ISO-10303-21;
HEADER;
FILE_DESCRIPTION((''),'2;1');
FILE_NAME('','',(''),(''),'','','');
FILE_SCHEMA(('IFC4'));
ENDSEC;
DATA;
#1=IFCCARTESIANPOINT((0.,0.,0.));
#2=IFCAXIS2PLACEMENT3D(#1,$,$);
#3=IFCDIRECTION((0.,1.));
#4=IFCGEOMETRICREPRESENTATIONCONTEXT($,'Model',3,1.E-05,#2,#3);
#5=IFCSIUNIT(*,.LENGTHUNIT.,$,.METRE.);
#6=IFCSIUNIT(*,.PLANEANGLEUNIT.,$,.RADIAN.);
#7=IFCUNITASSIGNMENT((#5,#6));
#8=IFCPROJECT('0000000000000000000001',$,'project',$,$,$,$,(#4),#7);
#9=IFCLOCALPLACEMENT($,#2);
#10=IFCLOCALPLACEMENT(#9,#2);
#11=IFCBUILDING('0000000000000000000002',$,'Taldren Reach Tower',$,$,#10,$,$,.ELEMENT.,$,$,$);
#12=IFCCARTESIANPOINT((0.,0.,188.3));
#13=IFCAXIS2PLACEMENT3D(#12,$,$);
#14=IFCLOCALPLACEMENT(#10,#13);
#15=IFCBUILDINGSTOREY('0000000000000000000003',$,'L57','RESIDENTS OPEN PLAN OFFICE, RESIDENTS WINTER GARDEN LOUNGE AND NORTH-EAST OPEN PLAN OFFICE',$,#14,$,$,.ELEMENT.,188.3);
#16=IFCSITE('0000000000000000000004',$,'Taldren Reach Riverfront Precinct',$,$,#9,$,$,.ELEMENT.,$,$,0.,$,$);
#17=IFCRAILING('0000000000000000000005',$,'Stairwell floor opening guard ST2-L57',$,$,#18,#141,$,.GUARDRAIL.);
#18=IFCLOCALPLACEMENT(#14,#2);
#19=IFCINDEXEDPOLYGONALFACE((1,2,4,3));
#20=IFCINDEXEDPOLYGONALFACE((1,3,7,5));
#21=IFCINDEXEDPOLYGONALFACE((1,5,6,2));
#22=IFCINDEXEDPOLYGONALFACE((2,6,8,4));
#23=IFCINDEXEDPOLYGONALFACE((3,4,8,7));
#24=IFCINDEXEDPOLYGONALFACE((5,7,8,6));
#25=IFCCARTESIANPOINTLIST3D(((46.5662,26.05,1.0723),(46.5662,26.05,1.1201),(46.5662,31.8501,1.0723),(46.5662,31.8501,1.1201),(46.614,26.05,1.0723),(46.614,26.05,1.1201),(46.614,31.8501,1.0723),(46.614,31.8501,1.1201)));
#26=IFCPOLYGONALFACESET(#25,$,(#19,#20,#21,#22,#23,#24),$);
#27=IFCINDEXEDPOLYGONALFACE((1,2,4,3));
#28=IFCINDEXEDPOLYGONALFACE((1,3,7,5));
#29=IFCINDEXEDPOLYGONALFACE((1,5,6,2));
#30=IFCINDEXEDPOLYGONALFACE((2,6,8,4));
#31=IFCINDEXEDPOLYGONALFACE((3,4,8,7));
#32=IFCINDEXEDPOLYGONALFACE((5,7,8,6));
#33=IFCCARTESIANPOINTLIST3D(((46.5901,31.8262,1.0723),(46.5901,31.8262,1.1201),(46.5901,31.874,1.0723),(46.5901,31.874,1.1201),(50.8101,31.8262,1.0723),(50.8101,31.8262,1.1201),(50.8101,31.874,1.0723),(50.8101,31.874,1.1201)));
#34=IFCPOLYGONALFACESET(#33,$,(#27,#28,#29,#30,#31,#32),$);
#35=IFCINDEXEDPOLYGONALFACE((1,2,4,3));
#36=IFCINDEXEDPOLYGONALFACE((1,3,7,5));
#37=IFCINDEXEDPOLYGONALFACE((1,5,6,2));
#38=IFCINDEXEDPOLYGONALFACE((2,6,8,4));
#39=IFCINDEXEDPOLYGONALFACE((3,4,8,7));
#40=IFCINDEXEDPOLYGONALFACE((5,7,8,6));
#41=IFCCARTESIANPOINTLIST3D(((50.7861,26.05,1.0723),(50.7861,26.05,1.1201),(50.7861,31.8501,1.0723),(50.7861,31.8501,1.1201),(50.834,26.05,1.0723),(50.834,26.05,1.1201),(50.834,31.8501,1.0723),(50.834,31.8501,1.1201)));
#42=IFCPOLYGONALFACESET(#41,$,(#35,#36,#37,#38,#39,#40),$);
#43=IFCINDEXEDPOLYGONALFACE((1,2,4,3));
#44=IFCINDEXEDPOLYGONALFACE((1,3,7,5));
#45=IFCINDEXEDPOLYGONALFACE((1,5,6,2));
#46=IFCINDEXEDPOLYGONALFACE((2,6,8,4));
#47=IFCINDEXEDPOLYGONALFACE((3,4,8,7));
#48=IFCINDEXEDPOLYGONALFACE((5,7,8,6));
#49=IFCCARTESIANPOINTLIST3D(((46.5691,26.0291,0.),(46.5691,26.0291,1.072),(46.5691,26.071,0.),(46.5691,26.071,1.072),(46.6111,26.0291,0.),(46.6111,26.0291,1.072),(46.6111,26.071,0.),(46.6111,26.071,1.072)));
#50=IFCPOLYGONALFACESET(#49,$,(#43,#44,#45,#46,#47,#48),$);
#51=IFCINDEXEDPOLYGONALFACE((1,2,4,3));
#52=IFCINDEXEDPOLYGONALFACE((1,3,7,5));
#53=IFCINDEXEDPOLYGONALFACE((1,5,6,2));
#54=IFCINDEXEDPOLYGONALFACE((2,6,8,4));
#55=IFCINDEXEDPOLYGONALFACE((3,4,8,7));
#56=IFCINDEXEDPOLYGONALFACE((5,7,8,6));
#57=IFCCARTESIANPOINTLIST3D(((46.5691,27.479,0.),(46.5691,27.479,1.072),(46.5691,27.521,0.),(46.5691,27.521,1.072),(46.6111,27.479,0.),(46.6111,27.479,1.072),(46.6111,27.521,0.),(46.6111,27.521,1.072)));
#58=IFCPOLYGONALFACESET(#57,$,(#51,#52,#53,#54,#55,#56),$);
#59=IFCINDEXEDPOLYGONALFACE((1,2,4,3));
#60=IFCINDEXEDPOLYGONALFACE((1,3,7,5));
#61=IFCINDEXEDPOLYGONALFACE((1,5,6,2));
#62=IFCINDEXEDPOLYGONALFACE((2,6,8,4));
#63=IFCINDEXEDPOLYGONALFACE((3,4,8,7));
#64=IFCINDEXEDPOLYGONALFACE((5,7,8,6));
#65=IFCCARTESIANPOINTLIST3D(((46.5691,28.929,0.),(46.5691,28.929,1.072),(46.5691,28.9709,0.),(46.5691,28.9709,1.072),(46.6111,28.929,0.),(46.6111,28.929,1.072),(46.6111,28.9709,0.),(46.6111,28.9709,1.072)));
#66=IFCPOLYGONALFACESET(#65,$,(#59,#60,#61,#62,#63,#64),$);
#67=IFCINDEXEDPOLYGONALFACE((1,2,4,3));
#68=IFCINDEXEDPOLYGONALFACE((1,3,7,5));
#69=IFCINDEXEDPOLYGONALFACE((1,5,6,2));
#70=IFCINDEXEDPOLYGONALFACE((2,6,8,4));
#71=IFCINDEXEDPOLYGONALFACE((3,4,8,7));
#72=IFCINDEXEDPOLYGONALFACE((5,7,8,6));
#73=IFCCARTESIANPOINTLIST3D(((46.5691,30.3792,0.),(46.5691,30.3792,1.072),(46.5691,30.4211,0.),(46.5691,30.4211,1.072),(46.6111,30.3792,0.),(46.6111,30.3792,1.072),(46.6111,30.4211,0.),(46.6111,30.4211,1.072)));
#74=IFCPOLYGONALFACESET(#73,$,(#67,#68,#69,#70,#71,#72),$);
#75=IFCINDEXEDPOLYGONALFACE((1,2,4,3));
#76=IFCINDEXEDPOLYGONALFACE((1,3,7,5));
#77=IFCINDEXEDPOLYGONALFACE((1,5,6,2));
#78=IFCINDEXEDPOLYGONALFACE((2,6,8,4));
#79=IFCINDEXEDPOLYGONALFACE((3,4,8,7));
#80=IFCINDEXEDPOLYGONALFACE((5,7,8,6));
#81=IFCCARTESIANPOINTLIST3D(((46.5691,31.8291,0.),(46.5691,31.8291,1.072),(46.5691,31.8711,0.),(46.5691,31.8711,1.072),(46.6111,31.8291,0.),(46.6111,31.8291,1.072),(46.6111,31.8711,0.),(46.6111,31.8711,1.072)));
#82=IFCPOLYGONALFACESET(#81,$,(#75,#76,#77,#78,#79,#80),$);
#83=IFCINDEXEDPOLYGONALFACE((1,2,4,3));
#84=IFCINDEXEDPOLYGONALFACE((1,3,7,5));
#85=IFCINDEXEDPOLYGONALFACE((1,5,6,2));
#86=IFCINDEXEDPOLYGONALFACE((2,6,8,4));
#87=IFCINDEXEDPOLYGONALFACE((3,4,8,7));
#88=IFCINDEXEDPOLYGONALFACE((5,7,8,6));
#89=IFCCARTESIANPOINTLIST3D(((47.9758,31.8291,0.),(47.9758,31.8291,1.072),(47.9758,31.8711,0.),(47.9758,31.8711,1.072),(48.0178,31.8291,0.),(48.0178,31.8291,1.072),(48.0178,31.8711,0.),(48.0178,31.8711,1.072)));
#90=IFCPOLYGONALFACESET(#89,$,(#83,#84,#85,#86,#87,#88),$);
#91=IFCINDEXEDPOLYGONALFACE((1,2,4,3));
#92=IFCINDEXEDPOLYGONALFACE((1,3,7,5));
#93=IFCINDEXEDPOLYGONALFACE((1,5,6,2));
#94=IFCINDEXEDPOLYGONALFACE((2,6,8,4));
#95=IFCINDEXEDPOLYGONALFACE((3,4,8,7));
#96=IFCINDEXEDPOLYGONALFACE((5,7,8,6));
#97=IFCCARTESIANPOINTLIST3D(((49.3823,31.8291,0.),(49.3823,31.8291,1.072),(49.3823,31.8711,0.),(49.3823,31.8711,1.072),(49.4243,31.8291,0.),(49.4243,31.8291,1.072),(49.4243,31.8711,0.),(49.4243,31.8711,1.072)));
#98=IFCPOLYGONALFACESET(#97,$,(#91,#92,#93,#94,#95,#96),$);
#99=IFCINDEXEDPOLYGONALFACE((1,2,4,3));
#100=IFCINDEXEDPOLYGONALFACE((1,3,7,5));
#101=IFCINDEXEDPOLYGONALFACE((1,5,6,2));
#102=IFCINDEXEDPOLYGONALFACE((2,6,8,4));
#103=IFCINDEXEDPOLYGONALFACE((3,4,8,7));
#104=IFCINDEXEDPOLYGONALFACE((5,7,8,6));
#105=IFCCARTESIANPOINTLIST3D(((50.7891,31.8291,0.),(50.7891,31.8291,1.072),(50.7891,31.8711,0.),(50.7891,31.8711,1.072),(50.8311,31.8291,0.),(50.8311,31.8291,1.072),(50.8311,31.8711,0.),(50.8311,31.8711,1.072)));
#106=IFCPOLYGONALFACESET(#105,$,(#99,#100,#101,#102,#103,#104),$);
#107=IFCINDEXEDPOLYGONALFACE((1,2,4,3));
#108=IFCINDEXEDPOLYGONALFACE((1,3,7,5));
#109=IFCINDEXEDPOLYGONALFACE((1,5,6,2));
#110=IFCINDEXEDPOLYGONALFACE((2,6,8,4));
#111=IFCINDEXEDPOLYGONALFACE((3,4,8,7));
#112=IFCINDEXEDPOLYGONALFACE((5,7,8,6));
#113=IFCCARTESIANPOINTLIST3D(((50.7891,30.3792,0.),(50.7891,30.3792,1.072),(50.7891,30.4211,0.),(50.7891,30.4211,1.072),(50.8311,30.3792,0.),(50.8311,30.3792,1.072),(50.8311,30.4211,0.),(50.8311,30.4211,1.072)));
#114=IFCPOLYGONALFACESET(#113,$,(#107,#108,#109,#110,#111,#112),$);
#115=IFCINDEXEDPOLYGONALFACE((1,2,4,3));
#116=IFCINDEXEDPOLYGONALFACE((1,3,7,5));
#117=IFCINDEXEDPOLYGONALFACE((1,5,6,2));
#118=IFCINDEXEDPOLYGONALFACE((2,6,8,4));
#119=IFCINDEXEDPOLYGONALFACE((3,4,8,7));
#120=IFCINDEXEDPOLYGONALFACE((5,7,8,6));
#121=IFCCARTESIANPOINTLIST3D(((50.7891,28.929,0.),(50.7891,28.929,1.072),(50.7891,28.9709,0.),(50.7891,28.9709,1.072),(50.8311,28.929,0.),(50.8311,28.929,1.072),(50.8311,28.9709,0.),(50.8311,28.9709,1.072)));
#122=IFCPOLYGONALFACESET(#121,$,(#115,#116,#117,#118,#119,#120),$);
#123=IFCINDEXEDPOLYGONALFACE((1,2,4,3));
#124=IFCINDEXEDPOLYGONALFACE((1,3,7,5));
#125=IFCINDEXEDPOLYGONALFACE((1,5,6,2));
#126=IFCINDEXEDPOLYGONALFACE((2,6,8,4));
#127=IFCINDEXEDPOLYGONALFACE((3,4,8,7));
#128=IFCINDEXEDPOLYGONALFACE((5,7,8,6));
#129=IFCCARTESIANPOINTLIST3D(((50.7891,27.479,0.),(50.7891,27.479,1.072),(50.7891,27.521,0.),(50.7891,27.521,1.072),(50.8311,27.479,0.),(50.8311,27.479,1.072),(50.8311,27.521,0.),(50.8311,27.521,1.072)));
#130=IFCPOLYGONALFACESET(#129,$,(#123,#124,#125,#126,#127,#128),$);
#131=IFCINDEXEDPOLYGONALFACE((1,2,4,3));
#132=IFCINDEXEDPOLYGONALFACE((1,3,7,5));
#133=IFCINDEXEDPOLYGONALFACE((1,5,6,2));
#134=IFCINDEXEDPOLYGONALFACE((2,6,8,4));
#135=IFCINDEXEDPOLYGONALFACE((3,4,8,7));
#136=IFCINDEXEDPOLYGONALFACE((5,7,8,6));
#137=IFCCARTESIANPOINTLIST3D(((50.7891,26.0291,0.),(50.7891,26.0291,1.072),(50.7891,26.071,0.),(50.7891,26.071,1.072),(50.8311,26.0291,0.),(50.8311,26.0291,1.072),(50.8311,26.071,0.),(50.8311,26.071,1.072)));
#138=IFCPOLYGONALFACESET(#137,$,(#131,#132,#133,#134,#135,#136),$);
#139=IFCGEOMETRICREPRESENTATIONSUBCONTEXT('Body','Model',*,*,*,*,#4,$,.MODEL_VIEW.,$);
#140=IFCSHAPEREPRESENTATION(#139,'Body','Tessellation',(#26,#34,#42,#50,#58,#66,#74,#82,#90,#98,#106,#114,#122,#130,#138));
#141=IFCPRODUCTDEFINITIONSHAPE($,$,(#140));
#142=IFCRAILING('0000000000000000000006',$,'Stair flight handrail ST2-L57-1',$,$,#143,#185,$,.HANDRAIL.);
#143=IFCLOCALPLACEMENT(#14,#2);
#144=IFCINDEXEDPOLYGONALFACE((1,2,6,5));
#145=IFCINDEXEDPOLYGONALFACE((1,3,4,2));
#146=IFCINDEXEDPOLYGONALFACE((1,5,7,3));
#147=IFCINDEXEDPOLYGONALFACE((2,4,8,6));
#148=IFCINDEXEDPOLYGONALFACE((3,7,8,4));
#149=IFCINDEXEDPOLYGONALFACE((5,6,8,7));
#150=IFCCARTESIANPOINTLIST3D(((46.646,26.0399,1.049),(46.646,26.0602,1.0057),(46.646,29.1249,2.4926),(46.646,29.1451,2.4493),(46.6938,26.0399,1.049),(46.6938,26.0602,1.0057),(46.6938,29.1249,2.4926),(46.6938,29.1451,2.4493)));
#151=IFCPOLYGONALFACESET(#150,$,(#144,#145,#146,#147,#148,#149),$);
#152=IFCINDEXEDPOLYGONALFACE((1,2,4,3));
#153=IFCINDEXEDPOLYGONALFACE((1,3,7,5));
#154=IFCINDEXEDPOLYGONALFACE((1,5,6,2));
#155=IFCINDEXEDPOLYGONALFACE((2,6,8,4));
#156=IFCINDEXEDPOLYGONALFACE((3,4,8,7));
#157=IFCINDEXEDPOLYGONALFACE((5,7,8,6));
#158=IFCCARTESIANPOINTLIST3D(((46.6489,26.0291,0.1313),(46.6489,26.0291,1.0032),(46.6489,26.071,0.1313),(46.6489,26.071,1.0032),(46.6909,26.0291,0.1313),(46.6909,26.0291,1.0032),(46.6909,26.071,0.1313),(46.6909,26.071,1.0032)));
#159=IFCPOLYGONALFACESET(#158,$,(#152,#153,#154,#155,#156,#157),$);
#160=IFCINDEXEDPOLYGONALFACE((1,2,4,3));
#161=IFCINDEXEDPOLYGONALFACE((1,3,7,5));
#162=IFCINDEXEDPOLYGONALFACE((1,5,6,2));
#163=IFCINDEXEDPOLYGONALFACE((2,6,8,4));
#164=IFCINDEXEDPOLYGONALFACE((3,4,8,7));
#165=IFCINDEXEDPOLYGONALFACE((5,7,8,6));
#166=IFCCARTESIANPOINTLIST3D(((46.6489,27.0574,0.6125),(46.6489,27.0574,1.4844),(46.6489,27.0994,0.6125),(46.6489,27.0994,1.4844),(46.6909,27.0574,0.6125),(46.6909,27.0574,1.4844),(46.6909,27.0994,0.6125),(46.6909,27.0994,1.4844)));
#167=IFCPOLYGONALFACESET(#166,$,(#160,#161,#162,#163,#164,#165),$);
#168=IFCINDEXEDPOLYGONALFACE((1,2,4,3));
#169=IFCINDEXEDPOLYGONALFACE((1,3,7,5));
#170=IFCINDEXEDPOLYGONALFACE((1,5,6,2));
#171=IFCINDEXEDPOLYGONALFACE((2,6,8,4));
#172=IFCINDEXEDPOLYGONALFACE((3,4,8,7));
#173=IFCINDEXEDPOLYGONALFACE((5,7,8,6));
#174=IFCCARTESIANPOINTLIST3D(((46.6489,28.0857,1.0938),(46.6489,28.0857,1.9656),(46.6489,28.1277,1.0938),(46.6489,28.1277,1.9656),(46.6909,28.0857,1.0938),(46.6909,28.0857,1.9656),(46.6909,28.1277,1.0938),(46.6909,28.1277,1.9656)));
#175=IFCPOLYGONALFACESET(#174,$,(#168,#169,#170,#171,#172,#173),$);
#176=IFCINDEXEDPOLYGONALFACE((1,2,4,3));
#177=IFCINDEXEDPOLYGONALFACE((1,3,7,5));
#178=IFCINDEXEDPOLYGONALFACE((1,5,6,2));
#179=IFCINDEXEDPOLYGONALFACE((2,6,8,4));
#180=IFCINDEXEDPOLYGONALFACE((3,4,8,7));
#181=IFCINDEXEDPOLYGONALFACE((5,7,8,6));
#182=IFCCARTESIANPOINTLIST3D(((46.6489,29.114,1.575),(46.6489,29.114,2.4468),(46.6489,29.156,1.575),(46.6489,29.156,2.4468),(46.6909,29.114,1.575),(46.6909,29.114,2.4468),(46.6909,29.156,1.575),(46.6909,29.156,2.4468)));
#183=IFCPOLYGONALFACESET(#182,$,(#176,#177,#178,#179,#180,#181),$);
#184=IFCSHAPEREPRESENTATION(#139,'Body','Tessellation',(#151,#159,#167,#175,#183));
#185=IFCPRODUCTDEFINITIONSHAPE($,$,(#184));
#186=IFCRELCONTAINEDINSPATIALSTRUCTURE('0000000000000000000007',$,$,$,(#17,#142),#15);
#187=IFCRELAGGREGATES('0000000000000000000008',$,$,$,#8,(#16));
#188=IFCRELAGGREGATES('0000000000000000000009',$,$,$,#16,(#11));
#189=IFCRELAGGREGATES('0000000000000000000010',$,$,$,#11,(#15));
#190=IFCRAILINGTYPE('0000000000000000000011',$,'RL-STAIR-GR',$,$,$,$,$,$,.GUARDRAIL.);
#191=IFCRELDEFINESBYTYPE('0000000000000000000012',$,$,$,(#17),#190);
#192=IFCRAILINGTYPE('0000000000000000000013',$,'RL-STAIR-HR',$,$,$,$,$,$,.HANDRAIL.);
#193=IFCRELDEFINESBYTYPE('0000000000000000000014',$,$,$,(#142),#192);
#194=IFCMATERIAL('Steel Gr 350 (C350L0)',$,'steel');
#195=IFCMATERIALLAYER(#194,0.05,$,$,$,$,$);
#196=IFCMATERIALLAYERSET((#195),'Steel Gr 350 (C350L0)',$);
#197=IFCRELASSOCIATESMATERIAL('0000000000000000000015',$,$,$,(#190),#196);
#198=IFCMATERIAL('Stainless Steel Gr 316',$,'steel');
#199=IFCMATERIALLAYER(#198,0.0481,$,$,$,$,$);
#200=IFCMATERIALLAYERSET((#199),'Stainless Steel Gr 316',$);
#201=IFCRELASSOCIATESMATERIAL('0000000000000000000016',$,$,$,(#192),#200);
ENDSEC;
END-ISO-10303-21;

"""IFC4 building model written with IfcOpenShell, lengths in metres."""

from ifc_helpers import new_model, si_unit, direction, frame, origin, origin_2d, place, context, subcontext, project, spatial, rectangle, extrude, material, layer, layer_set, type_object, element, save


model = new_model("IFC4")

# Units and contexts
model_context = context("Model", 3, precision=1e-05, world=origin(), true_north=direction((0.0, 1.0)))
body_context = subcontext(model_context, "Body", "Model", "MODEL_VIEW")
ifc_project = project(units=[si_unit("LENGTHUNIT", "METRE"), si_unit("PLANEANGLEUNIT", "RADIAN")], contexts=[model_context])

# Site, building, storey
site_placement = place(None, origin())
site = spatial("IfcSite", under=ifc_project, at=site_placement, Name="Taldren Reach Riverfront Precinct", CompositionType="ELEMENT", RefElevation=0.0)
building_placement = place(site_placement, origin())
building = spatial("IfcBuilding", under=site, at=building_placement, Name="Taldren Reach Tower", CompositionType="ELEMENT")
storey_placement = place(building_placement, frame((0.0, 0.0, 188.3)))
storey = spatial("IfcBuildingStorey", under=building, at=storey_placement, Name="L57", Description="RESIDENTS OPEN PLAN OFFICE, RESIDENTS WINTER GARDEN LOUNGE AND NORTH-EAST OPEN PLAN OFFICE", CompositionType="ELEMENT", Elevation=188.3)

# Shared definitions
ifc_material_1 = material(Name="Steel Gr 350 (C350L0)", Category="steel")

# Railings
ifc_layer_1 = layer(ifc_material_1, 0.05)
ifc_layer_set_1 = layer_set([ifc_layer_1], Name="Steel Gr 350 (C350L0)")
railing_type_1 = type_object("IfcRailingType", Name="RL-STAIR-GR", PredefinedType="GUARDRAIL", material=ifc_layer_set_1)
railing_1_placement = place(storey_placement, frame((46.5901, 26.05, 0.0)))
element("IfcRailing", 1, at=railing_1_placement, inside=storey, type_object=railing_type_1, Name="Stairwell floor opening guard ST2-L57", PredefinedType="GUARDRAIL", context=body_context, shape_type="SweptSolid", body=[
    extrude(rectangle(XDim=0.0479, YDim=0.0479, at=origin_2d()), frame((0.0, 0.0, 1.0962), z_axis=(0.0, 1.0, 0.0), x_axis=(-1.0, 0.0, 0.0)), (0.0, 0.0, 1.0), 5.8),
    extrude(rectangle(XDim=0.0479, YDim=0.0479, at=origin_2d()), frame((0.0, 5.8, 1.0962), z_axis=(1.0, 0.0, 0.0), x_axis=(0.0, 1.0, 0.0)), (0.0, 0.0, 1.0), 4.22),
    extrude(rectangle(XDim=0.0479, YDim=0.0479, at=origin_2d()), frame((4.22, 5.8, 1.0962), z_axis=(0.0, -1.0, 0.0), x_axis=(1.0, 0.0, 0.0)), (0.0, 0.0, 1.0), 5.8),
    extrude(rectangle(XDim=0.042, YDim=0.042, at=origin_2d()), origin(), (0.0, 0.0, 1.0), 1.072),
    extrude(rectangle(XDim=0.042, YDim=0.042, at=origin_2d()), frame((0.0, 1.45, 0.0)), (0.0, 0.0, 1.0), 1.072),
    extrude(rectangle(XDim=0.042, YDim=0.042, at=origin_2d()), frame((0.0, 2.8999, 0.0)), (0.0, 0.0, 1.0), 1.072),
    extrude(rectangle(XDim=0.042, YDim=0.042, at=origin_2d()), frame((0.0, 4.3501, 0.0)), (0.0, 0.0, 1.0), 1.072),
    extrude(rectangle(XDim=0.042, YDim=0.042, at=origin_2d()), frame((0.0, 5.8, 0.0)), (0.0, 0.0, 1.0), 1.072),
    extrude(rectangle(XDim=0.042, YDim=0.042, at=origin_2d()), frame((1.4067, 5.8, 0.0)), (0.0, 0.0, 1.0), 1.072),
    extrude(rectangle(XDim=0.042, YDim=0.042, at=origin_2d()), frame((2.8132, 5.8, 0.0)), (0.0, 0.0, 1.0), 1.072),
    extrude(rectangle(XDim=0.042, YDim=0.042, at=origin_2d()), frame((4.22, 5.8, 0.0)), (0.0, 0.0, 1.0), 1.072),
    extrude(rectangle(XDim=0.042, YDim=0.042, at=origin_2d()), frame((4.22, 4.3501, 0.0)), (0.0, 0.0, 1.0), 1.072),
    extrude(rectangle(XDim=0.042, YDim=0.042, at=origin_2d()), frame((4.22, 2.8999, 0.0)), (0.0, 0.0, 1.0), 1.072),
    extrude(rectangle(XDim=0.042, YDim=0.042, at=origin_2d()), frame((4.22, 1.45, 0.0)), (0.0, 0.0, 1.0), 1.072),
    extrude(rectangle(XDim=0.042, YDim=0.042, at=origin_2d()), frame((4.22, 0.0, 0.0)), (0.0, 0.0, 1.0), 1.072),
])
ifc_material_2 = material(Name="Stainless Steel Gr 316", Category="steel")
ifc_layer_2 = layer(ifc_material_2, 0.0481)
ifc_layer_set_2 = layer_set([ifc_layer_2], Name="Stainless Steel Gr 316")
railing_type_2 = type_object("IfcRailingType", Name="RL-STAIR-HR", PredefinedType="HANDRAIL", material=ifc_layer_set_2)
railing_2_placement = place(storey_placement, frame((46.6699, 26.05, 0.1313)))
element("IfcRailing", 2, at=railing_2_placement, inside=storey, type_object=railing_type_2, Name="Stair flight handrail ST2-L57-1", PredefinedType="HANDRAIL", context=body_context, shape_type="SweptSolid", body=[
    extrude(rectangle(XDim=0.0479, YDim=0.0479, at=origin_2d()), frame((0.0, 0.0, 0.896), z_axis=(0.0, 0.905738, 0.423839), x_axis=(-1.0, 0.0, 0.0)), (0.0, 0.0, 1.0), 3.406),
    extrude(rectangle(XDim=0.042, YDim=0.042, at=origin_2d()), origin(), (0.0, 0.0, 1.0), 0.8718),
    extrude(rectangle(XDim=0.042, YDim=0.042, at=origin_2d()), frame((0.0, 1.0283, 0.4812)), (0.0, 0.0, 1.0), 0.8718),
    extrude(rectangle(XDim=0.042, YDim=0.042, at=origin_2d()), frame((0.0, 2.0566, 0.9624)), (0.0, 0.0, 1.0), 0.8718),
    extrude(rectangle(XDim=0.042, YDim=0.042, at=origin_2d()), frame((0.0, 3.085, 1.4436)), (0.0, 0.0, 1.0), 0.8718),
])

save(model, "model.ifc")
